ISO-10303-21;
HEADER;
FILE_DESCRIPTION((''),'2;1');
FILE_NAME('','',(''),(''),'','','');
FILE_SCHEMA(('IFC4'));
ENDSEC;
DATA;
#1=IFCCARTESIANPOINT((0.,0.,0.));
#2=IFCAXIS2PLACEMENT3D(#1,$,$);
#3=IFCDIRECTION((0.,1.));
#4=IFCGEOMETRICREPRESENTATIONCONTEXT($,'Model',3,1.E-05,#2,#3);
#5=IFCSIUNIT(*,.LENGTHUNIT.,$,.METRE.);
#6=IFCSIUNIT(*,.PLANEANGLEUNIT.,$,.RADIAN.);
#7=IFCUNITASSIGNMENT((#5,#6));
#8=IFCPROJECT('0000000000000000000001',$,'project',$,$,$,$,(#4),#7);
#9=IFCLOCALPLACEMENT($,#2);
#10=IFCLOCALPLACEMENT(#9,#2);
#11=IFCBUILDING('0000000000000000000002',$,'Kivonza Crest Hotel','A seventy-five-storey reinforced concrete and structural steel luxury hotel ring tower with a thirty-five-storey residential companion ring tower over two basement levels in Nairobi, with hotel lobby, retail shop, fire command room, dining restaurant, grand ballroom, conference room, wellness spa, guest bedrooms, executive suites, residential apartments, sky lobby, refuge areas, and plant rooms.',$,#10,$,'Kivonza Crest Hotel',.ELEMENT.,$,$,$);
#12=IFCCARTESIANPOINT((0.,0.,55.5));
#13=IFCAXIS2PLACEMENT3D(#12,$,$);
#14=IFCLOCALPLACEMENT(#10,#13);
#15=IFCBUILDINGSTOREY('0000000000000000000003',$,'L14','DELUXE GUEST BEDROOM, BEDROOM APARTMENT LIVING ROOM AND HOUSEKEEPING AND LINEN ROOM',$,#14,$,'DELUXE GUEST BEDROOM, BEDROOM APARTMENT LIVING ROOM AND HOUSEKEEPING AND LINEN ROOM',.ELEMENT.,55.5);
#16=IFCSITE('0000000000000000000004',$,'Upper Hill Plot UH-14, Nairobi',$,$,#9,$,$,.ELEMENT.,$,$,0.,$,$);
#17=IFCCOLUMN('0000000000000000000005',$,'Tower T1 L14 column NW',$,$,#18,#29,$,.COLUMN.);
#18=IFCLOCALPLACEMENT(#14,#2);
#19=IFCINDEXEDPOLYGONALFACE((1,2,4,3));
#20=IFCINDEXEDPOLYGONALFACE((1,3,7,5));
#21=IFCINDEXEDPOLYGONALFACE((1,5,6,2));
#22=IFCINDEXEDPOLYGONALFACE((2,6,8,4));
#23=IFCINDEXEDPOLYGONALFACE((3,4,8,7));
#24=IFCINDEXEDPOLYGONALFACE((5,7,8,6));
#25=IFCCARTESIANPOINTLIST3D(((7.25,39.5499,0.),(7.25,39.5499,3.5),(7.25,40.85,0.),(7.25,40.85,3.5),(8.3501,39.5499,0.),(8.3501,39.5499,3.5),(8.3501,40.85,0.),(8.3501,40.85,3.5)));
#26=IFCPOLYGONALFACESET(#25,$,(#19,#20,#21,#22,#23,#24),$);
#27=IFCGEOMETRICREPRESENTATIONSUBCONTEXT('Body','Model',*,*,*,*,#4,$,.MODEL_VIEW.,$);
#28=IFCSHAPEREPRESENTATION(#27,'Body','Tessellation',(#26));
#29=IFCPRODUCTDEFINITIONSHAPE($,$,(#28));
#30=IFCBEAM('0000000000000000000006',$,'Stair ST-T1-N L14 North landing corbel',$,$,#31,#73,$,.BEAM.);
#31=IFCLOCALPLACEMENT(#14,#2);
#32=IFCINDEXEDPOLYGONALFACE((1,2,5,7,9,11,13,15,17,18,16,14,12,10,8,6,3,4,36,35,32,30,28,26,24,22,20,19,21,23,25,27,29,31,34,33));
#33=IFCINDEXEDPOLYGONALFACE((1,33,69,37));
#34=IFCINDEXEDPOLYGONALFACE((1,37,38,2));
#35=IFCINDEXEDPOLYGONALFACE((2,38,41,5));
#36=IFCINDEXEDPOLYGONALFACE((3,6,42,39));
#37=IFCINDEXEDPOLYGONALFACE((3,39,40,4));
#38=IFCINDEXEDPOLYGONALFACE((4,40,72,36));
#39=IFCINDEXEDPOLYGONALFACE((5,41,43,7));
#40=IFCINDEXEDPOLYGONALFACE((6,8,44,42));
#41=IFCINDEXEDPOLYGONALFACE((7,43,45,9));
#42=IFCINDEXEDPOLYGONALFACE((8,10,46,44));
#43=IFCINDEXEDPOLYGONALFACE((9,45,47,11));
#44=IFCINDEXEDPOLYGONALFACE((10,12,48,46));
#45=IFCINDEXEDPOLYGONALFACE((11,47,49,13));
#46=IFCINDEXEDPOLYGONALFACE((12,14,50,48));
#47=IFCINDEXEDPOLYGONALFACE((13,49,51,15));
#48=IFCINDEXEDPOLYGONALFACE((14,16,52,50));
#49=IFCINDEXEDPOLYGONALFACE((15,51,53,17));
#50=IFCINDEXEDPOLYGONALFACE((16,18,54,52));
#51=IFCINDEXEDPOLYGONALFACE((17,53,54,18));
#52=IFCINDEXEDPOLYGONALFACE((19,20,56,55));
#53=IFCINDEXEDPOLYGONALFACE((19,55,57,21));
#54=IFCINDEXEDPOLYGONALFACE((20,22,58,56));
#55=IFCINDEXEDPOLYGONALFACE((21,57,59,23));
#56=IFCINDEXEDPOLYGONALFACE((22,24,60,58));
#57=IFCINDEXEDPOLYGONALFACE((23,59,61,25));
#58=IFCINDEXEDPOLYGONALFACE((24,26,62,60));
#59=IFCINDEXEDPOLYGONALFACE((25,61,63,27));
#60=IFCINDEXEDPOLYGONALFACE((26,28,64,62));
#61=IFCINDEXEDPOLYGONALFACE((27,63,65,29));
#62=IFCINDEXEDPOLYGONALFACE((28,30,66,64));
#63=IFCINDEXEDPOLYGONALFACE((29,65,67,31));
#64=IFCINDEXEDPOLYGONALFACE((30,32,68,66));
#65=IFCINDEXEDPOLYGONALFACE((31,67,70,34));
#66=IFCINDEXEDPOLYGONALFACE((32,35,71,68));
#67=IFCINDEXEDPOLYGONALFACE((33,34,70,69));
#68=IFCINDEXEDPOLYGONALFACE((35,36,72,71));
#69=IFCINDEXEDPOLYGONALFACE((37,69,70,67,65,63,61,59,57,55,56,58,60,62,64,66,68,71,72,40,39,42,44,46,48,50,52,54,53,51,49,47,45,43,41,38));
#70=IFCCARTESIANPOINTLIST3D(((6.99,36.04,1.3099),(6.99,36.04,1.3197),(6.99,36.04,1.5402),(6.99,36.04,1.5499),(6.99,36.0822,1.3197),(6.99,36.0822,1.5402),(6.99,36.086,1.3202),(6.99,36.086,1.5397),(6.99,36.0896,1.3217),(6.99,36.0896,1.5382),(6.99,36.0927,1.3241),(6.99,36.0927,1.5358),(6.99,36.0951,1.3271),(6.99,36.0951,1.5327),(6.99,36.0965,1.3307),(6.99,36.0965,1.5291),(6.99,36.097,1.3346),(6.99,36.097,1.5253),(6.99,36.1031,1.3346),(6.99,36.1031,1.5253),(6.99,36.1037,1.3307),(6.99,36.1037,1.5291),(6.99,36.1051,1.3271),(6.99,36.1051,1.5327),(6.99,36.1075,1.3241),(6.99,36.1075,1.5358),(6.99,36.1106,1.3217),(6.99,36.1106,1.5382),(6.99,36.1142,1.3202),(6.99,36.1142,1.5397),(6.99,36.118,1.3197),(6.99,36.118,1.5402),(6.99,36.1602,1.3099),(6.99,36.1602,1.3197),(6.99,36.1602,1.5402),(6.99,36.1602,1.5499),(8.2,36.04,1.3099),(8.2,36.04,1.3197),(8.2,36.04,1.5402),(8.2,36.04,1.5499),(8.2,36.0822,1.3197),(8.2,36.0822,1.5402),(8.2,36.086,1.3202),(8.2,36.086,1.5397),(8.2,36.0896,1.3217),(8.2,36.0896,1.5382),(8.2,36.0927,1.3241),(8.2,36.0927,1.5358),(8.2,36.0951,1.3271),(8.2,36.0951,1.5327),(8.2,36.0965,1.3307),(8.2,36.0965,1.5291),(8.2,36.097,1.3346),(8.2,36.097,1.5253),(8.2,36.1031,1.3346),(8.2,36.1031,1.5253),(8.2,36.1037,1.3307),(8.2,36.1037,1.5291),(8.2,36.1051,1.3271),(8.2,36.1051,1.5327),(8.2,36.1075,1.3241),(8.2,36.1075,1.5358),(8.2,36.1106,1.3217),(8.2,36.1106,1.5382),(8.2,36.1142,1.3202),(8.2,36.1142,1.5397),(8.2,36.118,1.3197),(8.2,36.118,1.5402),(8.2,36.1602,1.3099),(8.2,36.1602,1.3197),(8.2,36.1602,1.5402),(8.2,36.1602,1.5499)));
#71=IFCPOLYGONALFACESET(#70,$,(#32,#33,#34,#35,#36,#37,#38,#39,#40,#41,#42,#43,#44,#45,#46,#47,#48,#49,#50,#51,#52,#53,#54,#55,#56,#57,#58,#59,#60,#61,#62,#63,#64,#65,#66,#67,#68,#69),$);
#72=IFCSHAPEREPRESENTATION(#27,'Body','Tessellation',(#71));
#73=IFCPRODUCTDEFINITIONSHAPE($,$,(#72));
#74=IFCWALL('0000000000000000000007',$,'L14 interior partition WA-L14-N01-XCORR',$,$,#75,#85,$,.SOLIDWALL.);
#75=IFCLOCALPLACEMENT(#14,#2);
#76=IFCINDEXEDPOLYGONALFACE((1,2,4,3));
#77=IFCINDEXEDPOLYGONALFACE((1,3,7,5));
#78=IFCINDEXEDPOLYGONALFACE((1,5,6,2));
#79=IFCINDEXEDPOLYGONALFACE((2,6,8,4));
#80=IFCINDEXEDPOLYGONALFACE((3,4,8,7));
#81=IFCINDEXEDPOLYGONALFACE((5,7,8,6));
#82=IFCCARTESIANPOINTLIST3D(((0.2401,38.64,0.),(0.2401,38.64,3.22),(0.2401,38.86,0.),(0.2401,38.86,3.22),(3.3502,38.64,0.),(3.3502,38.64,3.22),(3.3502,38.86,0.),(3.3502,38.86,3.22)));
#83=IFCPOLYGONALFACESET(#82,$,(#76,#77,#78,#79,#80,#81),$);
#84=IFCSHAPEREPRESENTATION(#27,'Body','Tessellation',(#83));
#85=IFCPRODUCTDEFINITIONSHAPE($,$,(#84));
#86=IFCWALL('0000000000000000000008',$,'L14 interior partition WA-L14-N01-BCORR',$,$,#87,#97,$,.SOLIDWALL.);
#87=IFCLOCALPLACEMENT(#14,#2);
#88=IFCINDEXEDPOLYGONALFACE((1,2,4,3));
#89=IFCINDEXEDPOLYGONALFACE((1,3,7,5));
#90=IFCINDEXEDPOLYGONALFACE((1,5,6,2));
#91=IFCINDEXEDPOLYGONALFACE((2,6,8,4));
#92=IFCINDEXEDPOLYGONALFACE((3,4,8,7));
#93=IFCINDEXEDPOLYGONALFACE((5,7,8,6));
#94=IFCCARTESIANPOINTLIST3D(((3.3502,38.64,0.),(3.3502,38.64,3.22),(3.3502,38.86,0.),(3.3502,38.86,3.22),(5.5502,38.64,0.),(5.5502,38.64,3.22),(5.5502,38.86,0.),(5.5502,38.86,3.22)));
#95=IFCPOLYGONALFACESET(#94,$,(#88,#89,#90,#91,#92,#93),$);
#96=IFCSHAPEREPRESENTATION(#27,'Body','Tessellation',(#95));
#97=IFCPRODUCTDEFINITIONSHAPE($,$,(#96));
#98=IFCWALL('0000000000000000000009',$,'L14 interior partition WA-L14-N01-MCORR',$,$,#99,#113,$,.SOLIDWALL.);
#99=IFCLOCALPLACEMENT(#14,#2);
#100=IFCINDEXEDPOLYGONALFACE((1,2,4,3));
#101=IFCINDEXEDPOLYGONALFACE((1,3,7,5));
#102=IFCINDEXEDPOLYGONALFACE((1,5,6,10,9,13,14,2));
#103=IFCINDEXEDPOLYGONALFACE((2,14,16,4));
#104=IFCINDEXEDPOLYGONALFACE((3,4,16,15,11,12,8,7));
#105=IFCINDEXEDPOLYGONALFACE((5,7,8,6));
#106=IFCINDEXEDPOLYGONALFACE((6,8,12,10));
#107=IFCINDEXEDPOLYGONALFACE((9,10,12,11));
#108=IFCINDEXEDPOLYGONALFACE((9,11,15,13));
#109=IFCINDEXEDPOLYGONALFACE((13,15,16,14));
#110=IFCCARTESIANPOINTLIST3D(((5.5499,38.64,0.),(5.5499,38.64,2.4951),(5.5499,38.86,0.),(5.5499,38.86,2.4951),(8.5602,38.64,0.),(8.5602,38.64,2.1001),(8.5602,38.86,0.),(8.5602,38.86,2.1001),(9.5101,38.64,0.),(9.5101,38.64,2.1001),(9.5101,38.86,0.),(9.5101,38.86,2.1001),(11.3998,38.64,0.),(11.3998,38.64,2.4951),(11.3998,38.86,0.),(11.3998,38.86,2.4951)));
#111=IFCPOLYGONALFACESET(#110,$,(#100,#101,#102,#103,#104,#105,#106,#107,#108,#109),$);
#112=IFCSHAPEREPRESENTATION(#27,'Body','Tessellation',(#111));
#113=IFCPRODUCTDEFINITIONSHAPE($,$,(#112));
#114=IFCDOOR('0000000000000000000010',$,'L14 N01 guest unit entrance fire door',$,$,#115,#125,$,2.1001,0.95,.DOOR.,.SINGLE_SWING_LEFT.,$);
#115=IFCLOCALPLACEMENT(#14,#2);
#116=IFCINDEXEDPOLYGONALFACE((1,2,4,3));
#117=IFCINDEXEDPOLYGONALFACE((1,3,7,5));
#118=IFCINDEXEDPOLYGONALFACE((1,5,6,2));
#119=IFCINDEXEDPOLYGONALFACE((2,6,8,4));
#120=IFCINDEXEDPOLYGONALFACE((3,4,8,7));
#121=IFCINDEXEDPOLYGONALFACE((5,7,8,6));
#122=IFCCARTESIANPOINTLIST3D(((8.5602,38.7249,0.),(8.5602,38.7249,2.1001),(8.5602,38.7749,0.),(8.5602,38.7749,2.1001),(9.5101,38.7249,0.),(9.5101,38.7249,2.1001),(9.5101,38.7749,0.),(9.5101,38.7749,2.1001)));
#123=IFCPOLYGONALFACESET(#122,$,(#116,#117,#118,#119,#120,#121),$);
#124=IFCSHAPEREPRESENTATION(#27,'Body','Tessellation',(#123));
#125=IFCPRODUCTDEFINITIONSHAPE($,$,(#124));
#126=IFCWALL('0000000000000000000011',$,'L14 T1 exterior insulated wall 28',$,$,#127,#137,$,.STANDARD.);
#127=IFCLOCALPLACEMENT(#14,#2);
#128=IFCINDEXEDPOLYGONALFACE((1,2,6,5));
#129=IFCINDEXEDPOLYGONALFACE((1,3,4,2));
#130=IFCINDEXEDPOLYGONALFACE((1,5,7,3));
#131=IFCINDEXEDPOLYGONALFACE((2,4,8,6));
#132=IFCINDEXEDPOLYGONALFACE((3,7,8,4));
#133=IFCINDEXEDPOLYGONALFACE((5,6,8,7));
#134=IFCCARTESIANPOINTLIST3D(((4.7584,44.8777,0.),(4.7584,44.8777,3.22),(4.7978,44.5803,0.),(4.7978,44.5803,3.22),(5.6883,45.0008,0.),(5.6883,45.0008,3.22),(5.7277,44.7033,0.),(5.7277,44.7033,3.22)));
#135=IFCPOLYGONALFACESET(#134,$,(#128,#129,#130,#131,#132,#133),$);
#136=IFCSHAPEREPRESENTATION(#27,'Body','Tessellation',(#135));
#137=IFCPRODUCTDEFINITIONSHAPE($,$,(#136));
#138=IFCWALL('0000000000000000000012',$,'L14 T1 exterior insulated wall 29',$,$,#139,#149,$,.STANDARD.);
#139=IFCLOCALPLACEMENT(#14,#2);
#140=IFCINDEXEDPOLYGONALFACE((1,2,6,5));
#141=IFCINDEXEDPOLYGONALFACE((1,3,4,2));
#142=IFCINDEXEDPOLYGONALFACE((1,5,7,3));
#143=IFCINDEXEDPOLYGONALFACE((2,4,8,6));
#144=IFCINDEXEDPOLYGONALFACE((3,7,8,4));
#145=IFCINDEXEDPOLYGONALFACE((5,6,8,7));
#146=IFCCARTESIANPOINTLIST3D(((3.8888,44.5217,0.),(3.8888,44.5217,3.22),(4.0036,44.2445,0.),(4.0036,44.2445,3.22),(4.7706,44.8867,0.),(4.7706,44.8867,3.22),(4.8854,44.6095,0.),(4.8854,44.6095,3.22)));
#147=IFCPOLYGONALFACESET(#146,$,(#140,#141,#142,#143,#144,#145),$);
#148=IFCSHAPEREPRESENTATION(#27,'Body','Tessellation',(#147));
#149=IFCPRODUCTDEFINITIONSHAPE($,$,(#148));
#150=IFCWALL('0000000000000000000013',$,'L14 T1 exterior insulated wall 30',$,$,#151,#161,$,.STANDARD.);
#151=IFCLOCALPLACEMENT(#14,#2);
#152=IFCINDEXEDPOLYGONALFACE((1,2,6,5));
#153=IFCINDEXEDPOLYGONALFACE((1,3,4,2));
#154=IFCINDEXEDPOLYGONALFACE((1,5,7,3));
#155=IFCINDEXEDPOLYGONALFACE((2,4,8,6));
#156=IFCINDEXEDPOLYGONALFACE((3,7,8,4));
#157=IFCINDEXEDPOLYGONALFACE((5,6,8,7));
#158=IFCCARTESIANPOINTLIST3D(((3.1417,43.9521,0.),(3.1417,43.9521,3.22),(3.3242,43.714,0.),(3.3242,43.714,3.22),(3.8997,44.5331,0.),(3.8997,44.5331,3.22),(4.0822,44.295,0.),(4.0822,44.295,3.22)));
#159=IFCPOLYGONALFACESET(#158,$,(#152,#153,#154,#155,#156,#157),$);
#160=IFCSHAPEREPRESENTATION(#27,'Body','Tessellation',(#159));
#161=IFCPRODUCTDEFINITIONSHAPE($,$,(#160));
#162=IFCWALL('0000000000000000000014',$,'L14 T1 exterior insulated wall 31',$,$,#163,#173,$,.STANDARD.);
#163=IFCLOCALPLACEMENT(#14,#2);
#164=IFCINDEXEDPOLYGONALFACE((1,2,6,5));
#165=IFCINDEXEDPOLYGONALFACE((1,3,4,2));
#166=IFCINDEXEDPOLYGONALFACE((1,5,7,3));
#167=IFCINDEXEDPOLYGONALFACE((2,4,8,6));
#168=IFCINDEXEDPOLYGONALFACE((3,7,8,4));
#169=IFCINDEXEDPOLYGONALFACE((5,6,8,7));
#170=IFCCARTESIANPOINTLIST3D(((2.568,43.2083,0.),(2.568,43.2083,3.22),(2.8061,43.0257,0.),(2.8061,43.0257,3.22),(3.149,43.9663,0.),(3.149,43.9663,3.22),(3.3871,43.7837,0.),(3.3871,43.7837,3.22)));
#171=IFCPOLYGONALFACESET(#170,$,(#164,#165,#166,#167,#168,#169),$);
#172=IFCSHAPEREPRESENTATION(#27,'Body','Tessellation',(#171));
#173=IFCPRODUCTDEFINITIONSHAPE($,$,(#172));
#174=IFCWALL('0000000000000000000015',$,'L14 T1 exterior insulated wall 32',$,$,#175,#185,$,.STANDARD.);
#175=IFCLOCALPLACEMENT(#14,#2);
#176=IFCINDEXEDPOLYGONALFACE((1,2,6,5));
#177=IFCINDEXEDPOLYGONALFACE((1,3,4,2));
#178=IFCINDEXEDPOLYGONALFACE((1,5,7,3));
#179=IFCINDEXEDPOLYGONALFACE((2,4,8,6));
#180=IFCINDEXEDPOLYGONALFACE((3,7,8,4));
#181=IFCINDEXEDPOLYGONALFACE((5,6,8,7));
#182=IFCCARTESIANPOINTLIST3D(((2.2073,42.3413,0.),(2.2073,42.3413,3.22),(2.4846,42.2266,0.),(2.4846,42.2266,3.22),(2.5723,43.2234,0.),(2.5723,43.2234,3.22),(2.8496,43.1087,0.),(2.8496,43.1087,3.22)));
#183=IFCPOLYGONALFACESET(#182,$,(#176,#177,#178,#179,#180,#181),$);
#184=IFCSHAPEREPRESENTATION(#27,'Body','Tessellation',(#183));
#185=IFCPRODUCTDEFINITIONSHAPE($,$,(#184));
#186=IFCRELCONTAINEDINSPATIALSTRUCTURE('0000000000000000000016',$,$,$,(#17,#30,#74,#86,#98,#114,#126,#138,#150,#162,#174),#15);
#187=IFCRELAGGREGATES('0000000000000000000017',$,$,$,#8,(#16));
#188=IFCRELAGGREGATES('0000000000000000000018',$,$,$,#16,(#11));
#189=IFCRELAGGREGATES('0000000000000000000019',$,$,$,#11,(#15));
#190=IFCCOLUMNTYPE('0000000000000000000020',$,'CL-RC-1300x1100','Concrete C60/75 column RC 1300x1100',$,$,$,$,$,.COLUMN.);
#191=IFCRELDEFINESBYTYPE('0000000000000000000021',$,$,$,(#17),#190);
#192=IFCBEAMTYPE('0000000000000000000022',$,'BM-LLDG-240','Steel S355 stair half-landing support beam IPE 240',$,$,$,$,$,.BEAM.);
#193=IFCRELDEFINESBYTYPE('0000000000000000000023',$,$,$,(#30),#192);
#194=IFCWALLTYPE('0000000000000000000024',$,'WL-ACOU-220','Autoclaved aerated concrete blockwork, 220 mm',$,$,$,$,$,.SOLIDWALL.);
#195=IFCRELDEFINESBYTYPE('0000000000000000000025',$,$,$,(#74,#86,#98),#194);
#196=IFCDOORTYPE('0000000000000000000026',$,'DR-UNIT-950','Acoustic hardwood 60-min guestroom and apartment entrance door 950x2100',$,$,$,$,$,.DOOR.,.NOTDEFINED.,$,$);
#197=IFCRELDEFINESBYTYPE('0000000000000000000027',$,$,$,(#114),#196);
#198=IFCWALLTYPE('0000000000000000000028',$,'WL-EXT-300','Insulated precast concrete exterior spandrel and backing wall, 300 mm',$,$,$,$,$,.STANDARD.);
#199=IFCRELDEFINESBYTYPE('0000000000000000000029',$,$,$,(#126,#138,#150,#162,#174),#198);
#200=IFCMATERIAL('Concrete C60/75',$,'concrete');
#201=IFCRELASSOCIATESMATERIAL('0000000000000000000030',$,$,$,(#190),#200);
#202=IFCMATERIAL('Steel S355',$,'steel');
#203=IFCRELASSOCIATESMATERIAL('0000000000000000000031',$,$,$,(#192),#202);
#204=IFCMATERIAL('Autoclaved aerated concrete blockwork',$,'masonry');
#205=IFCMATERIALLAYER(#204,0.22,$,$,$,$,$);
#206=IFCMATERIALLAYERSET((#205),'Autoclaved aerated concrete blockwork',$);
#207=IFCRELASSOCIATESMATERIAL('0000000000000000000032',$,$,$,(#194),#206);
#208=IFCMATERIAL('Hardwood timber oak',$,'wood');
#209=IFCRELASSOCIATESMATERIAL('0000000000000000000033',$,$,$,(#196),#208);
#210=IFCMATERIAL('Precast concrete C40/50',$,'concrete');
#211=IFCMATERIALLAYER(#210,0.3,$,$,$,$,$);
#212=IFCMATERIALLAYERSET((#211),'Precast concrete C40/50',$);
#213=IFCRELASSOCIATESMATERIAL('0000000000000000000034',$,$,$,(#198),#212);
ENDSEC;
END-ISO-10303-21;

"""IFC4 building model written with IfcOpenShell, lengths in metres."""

from ifc_helpers import new_model, si_unit, direction, frame, frame_2d, origin, origin_2d, place, context, subcontext, project, spatial, rectangle, i_section, extrude, material, layer, layer_set, material_profile, profile_set, type_object, element, fill, save


model = new_model("IFC4")

# Units and contexts
model_context = context("Model", 3, precision=1e-05, world=origin(), true_north=direction((0.0, 1.0)))
body_context = subcontext(model_context, "Body", "Model", "MODEL_VIEW")
ifc_project = project(units=[si_unit("LENGTHUNIT", "METRE"), si_unit("PLANEANGLEUNIT", "RADIAN")], contexts=[model_context])

# Site, building, storey
site_placement = place(None, origin())
site = spatial("IfcSite", under=ifc_project, at=site_placement, Name="Upper Hill Plot UH-14, Nairobi", CompositionType="ELEMENT", RefElevation=0.0)
building_placement = place(site_placement, origin())
building = spatial("IfcBuilding", under=site, at=building_placement, Name="Kivonza Crest Hotel", Description="A seventy-five-storey reinforced concrete and structural steel luxury hotel ring tower with a thirty-five-storey residential companion ring tower over two basement levels in Nairobi, with hotel lobby, retail shop, fire command room, dining restaurant, grand ballroom, conference room, wellness spa, guest bedrooms, executive suites, residential apartments, sky lobby, refuge areas, and plant rooms.", LongName="Kivonza Crest Hotel", CompositionType="ELEMENT")
storey_placement = place(building_placement, frame((0.0, 0.0, 55.5)))
storey = spatial("IfcBuildingStorey", under=building, at=storey_placement, Name="L14", Description="DELUXE GUEST BEDROOM, BEDROOM APARTMENT LIVING ROOM AND HOUSEKEEPING AND LINEN ROOM", LongName="DELUXE GUEST BEDROOM, BEDROOM APARTMENT LIVING ROOM AND HOUSEKEEPING AND LINEN ROOM", CompositionType="ELEMENT", Elevation=55.5)

# Column
ifc_material_1 = material(Name="Concrete C60/75", Category="concrete")
ifc_material_profile_1 = material_profile(ifc_material_1, rectangle(XDim=1.1001, YDim=1.3, at=origin_2d()), Name="RC 1300x1100")
ifc_profile_set_1 = profile_set([ifc_material_profile_1], Name="Concrete C60/75")
column_type = type_object("IfcColumnType", Name="CL-RC-1300x1100", Description="Concrete C60/75 column RC 1300x1100", PredefinedType="COLUMN", material=ifc_profile_set_1)
column_placement = place(storey_placement, frame((7.8, 40.2, 0.0), z_axis=(0.0, 0.0, 1.0), x_axis=(1.0, 0.0, 0.0)))
element("IfcColumn", 1, at=column_placement, inside=storey, type_object=column_type, Name="Tower T1 L14 column NW", PredefinedType="COLUMN", context=body_context, shape_type="SweptSolid", body=[
    extrude(rectangle(XDim=1.1001, YDim=1.3, at=origin_2d()), origin(), (0.0, 0.0, 1.0), 3.5),
])

# Beam
ifc_material_2 = material(Name="Steel S355", Category="steel")
ifc_material_profile_2 = material_profile(ifc_material_2, i_section(OverallWidth=0.1201, OverallDepth=0.24, WebThickness=0.0061, FlangeThickness=0.0098, FilletRadius=0.0149, at=origin_2d()), Name="IPE 240")
ifc_profile_set_2 = profile_set([ifc_material_profile_2], Name="Steel S355")
beam_type = type_object("IfcBeamType", Name="BM-LLDG-240", Description="Steel S355 stair half-landing support beam IPE 240", PredefinedType="BEAM", material=ifc_profile_set_2)
beam_placement = place(storey_placement, frame((6.99, 36.1001, 1.4299), z_axis=(1.0, 0.0, 0.0), x_axis=(0.0, 1.0, 0.0)))
element("IfcBeam", 2, at=beam_placement, inside=storey, type_object=beam_type, Name="Stair ST-T1-N L14 North landing corbel", PredefinedType="BEAM", context=body_context, shape_type="SweptSolid", body=[
    extrude(i_section(OverallWidth=0.1201, OverallDepth=0.24, WebThickness=0.0061, FlangeThickness=0.0098, FilletRadius=0.0149, at=origin_2d()), origin(), (0.0, 0.0, 1.0), 1.21),
])

# Walls
ifc_material_3 = material(Name="Autoclaved aerated concrete blockwork", Category="masonry")
ifc_layer_1 = layer(ifc_material_3, 0.22)
ifc_layer_set_1 = layer_set([ifc_layer_1], Name="Autoclaved aerated concrete blockwork")
wall_type_1 = type_object("IfcWallType", Name="WL-ACOU-220", Description="Autoclaved aerated concrete blockwork, 220 mm", PredefinedType="SOLIDWALL", material=ifc_layer_set_1)
wall_1_placement = place(storey_placement, frame((0.24, 38.75, 0.0), z_axis=(0.0, 0.0, 1.0), x_axis=(1.0, 0.0, 0.0)))
element("IfcWall", 3, at=wall_1_placement, inside=storey, type_object=wall_type_1, Name="L14 interior partition WA-L14-N01-XCORR", PredefinedType="SOLIDWALL", context=body_context, shape_type="SweptSolid", body=[
    extrude(rectangle(XDim=3.1101, YDim=0.22, at=frame_2d((1.5552, 0.0))), origin(), (0.0, 0.0, 1.0), 3.22),
])
wall_2_placement = place(storey_placement, frame((3.3501, 38.75, 0.0), z_axis=(0.0, 0.0, 1.0), x_axis=(1.0, 0.0, 0.0)))
element("IfcWall", 4, at=wall_2_placement, inside=storey, type_object=wall_type_1, Name="L14 interior partition WA-L14-N01-BCORR", PredefinedType="SOLIDWALL", context=body_context, shape_type="SweptSolid", body=[
    extrude(rectangle(XDim=2.2, YDim=0.22, at=frame_2d((1.1001, 0.0))), origin(), (0.0, 0.0, 1.0), 3.22),
])

# Wall, opening, door
wall_3_placement = place(storey_placement, frame((5.55, 38.75, 0.0), z_axis=(0.0, 0.0, 1.0), x_axis=(1.0, 0.0, 0.0)))
wall_3 = element("IfcWall", 5, at=wall_3_placement, inside=storey, type_object=wall_type_1, Name="L14 interior partition WA-L14-N01-MCORR", PredefinedType="SOLIDWALL", context=body_context, shape_type="SweptSolid", body=[
    extrude(rectangle(XDim=5.8499, YDim=0.22, at=frame_2d((2.9248, 0.0))), origin(), (0.0, 0.0, 1.0), 2.4951),
])
opening_1_placement = place(wall_3_placement, frame((3.01, 0.0, 0.0)))
opening_1 = element("IfcOpeningElement", 6, at=opening_1_placement, cuts=wall_3, PredefinedType="OPENING", context=body_context, shape_type="SweptSolid", body=[
    extrude(rectangle(XDim=0.95, YDim=2.1001, at=frame_2d((0.4751, 1.05))), frame((0.0, 0.1201, 0.0), z_axis=(0.0, -1.0, 0.0), x_axis=(1.0, 0.0, 0.0)), (0.0, 0.0, 1.0), 0.24),
])
ifc_material_4 = material(Name="Hardwood timber oak", Category="wood")
door_type_1 = type_object("IfcDoorType", Name="DR-UNIT-950", Description="Acoustic hardwood 60-min guestroom and apartment entrance door 950x2100", OperationType="NOTDEFINED", PredefinedType="DOOR", material=ifc_material_4)
door_1_placement = place(opening_1_placement, origin())
door_1 = element("IfcDoor", 7, at=door_1_placement, inside=storey, type_object=door_type_1, Name="L14 N01 guest unit entrance fire door", OperationType="SINGLE_SWING_LEFT", OverallHeight=2.1001, OverallWidth=0.95, PredefinedType="DOOR", context=body_context, shape_type="SweptSolid", body=[
    extrude(rectangle(XDim=0.95, YDim=2.1001, at=frame_2d((0.4751, 1.05))), frame((0.0, 0.0249, 0.0), z_axis=(0.0, -1.0, 0.0), x_axis=(1.0, 0.0, 0.0)), (0.0, 0.0, 1.0), 0.05),
])
fill(opening_1, door_1)

# Walls
ifc_material_5 = material(Name="Precast concrete C40/50", Category="concrete")
ifc_layer_2 = layer(ifc_material_5, 0.3)
ifc_layer_set_2 = layer_set([ifc_layer_2], Name="Precast concrete C40/50")
wall_type_2 = type_object("IfcWallType", Name="WL-EXT-300", Description="Insulated precast concrete exterior spandrel and backing wall, 300 mm", PredefinedType="STANDARD", material=ifc_layer_set_2)
wall_4_placement = place(storey_placement, frame((5.708, 44.8521, 0.0), z_axis=(0.0, 0.0, 1.0), x_axis=(-0.991359, -0.131175, 0.0)))
element("IfcWall", 8, at=wall_4_placement, inside=storey, type_object=wall_type_2, Name="L14 T1 exterior insulated wall 28", PredefinedType="STANDARD", context=body_context, shape_type="SweptSolid", body=[
    extrude(rectangle(XDim=0.938, YDim=0.3, at=frame_2d((0.469, 0.0))), origin(), (0.0, 0.0, 1.0), 3.22),
])
wall_5_placement = place(storey_placement, frame((4.8279, 44.748, 0.0), z_axis=(0.0, 0.0, 1.0), x_axis=(-0.923983, -0.382435, 0.0)))
element("IfcWall", 9, at=wall_5_placement, inside=storey, type_object=wall_type_2, Name="L14 T1 exterior insulated wall 29", PredefinedType="STANDARD", context=body_context, shape_type="SweptSolid", body=[
    extrude(rectangle(XDim=0.9543, YDim=0.3, at=frame_2d((0.4771, 0.0))), origin(), (0.0, 0.0, 1.0), 3.22),
])
for number, where, z_axis, x_axis, name in (
    (10, (3.991, 44.4141, 0.0), (0.0, 0.0, 1.0), (-0.793668, -0.608351, 0.0), "L14 T1 exterior insulated wall 30"),
    (11, (3.2681, 43.875, 0.0), (0.0, 0.0, 1.0), (-0.608351, -0.793668, 0.0), "L14 T1 exterior insulated wall 31"),
):
    element("IfcWall", number, at=place(storey_placement, frame(where, z_axis=z_axis, x_axis=x_axis)), inside=storey, type_object=wall_type_2, Name=name, PredefinedType="STANDARD", context=body_context, shape_type="SweptSolid", body=[
        extrude(rectangle(XDim=0.9551, YDim=0.3, at=frame_2d((0.4775, 0.0))), origin(), (0.0, 0.0, 1.0), 3.22),
    ])
wall_6_placement = place(storey_placement, frame((2.7109, 43.166, 0.0), z_axis=(0.0, 0.0, 1.0), x_axis=(-0.382344, -0.92402, 0.0)))
element("IfcWall", 12, at=wall_6_placement, inside=storey, type_object=wall_type_2, Name="L14 T1 exterior insulated wall 32", PredefinedType="STANDARD", context=body_context, shape_type="SweptSolid", body=[
    extrude(rectangle(XDim=0.9546, YDim=0.3, at=frame_2d((0.4773, 0.0))), origin(), (0.0, 0.0, 1.0), 3.22),
])

save(model, "model.ifc")
